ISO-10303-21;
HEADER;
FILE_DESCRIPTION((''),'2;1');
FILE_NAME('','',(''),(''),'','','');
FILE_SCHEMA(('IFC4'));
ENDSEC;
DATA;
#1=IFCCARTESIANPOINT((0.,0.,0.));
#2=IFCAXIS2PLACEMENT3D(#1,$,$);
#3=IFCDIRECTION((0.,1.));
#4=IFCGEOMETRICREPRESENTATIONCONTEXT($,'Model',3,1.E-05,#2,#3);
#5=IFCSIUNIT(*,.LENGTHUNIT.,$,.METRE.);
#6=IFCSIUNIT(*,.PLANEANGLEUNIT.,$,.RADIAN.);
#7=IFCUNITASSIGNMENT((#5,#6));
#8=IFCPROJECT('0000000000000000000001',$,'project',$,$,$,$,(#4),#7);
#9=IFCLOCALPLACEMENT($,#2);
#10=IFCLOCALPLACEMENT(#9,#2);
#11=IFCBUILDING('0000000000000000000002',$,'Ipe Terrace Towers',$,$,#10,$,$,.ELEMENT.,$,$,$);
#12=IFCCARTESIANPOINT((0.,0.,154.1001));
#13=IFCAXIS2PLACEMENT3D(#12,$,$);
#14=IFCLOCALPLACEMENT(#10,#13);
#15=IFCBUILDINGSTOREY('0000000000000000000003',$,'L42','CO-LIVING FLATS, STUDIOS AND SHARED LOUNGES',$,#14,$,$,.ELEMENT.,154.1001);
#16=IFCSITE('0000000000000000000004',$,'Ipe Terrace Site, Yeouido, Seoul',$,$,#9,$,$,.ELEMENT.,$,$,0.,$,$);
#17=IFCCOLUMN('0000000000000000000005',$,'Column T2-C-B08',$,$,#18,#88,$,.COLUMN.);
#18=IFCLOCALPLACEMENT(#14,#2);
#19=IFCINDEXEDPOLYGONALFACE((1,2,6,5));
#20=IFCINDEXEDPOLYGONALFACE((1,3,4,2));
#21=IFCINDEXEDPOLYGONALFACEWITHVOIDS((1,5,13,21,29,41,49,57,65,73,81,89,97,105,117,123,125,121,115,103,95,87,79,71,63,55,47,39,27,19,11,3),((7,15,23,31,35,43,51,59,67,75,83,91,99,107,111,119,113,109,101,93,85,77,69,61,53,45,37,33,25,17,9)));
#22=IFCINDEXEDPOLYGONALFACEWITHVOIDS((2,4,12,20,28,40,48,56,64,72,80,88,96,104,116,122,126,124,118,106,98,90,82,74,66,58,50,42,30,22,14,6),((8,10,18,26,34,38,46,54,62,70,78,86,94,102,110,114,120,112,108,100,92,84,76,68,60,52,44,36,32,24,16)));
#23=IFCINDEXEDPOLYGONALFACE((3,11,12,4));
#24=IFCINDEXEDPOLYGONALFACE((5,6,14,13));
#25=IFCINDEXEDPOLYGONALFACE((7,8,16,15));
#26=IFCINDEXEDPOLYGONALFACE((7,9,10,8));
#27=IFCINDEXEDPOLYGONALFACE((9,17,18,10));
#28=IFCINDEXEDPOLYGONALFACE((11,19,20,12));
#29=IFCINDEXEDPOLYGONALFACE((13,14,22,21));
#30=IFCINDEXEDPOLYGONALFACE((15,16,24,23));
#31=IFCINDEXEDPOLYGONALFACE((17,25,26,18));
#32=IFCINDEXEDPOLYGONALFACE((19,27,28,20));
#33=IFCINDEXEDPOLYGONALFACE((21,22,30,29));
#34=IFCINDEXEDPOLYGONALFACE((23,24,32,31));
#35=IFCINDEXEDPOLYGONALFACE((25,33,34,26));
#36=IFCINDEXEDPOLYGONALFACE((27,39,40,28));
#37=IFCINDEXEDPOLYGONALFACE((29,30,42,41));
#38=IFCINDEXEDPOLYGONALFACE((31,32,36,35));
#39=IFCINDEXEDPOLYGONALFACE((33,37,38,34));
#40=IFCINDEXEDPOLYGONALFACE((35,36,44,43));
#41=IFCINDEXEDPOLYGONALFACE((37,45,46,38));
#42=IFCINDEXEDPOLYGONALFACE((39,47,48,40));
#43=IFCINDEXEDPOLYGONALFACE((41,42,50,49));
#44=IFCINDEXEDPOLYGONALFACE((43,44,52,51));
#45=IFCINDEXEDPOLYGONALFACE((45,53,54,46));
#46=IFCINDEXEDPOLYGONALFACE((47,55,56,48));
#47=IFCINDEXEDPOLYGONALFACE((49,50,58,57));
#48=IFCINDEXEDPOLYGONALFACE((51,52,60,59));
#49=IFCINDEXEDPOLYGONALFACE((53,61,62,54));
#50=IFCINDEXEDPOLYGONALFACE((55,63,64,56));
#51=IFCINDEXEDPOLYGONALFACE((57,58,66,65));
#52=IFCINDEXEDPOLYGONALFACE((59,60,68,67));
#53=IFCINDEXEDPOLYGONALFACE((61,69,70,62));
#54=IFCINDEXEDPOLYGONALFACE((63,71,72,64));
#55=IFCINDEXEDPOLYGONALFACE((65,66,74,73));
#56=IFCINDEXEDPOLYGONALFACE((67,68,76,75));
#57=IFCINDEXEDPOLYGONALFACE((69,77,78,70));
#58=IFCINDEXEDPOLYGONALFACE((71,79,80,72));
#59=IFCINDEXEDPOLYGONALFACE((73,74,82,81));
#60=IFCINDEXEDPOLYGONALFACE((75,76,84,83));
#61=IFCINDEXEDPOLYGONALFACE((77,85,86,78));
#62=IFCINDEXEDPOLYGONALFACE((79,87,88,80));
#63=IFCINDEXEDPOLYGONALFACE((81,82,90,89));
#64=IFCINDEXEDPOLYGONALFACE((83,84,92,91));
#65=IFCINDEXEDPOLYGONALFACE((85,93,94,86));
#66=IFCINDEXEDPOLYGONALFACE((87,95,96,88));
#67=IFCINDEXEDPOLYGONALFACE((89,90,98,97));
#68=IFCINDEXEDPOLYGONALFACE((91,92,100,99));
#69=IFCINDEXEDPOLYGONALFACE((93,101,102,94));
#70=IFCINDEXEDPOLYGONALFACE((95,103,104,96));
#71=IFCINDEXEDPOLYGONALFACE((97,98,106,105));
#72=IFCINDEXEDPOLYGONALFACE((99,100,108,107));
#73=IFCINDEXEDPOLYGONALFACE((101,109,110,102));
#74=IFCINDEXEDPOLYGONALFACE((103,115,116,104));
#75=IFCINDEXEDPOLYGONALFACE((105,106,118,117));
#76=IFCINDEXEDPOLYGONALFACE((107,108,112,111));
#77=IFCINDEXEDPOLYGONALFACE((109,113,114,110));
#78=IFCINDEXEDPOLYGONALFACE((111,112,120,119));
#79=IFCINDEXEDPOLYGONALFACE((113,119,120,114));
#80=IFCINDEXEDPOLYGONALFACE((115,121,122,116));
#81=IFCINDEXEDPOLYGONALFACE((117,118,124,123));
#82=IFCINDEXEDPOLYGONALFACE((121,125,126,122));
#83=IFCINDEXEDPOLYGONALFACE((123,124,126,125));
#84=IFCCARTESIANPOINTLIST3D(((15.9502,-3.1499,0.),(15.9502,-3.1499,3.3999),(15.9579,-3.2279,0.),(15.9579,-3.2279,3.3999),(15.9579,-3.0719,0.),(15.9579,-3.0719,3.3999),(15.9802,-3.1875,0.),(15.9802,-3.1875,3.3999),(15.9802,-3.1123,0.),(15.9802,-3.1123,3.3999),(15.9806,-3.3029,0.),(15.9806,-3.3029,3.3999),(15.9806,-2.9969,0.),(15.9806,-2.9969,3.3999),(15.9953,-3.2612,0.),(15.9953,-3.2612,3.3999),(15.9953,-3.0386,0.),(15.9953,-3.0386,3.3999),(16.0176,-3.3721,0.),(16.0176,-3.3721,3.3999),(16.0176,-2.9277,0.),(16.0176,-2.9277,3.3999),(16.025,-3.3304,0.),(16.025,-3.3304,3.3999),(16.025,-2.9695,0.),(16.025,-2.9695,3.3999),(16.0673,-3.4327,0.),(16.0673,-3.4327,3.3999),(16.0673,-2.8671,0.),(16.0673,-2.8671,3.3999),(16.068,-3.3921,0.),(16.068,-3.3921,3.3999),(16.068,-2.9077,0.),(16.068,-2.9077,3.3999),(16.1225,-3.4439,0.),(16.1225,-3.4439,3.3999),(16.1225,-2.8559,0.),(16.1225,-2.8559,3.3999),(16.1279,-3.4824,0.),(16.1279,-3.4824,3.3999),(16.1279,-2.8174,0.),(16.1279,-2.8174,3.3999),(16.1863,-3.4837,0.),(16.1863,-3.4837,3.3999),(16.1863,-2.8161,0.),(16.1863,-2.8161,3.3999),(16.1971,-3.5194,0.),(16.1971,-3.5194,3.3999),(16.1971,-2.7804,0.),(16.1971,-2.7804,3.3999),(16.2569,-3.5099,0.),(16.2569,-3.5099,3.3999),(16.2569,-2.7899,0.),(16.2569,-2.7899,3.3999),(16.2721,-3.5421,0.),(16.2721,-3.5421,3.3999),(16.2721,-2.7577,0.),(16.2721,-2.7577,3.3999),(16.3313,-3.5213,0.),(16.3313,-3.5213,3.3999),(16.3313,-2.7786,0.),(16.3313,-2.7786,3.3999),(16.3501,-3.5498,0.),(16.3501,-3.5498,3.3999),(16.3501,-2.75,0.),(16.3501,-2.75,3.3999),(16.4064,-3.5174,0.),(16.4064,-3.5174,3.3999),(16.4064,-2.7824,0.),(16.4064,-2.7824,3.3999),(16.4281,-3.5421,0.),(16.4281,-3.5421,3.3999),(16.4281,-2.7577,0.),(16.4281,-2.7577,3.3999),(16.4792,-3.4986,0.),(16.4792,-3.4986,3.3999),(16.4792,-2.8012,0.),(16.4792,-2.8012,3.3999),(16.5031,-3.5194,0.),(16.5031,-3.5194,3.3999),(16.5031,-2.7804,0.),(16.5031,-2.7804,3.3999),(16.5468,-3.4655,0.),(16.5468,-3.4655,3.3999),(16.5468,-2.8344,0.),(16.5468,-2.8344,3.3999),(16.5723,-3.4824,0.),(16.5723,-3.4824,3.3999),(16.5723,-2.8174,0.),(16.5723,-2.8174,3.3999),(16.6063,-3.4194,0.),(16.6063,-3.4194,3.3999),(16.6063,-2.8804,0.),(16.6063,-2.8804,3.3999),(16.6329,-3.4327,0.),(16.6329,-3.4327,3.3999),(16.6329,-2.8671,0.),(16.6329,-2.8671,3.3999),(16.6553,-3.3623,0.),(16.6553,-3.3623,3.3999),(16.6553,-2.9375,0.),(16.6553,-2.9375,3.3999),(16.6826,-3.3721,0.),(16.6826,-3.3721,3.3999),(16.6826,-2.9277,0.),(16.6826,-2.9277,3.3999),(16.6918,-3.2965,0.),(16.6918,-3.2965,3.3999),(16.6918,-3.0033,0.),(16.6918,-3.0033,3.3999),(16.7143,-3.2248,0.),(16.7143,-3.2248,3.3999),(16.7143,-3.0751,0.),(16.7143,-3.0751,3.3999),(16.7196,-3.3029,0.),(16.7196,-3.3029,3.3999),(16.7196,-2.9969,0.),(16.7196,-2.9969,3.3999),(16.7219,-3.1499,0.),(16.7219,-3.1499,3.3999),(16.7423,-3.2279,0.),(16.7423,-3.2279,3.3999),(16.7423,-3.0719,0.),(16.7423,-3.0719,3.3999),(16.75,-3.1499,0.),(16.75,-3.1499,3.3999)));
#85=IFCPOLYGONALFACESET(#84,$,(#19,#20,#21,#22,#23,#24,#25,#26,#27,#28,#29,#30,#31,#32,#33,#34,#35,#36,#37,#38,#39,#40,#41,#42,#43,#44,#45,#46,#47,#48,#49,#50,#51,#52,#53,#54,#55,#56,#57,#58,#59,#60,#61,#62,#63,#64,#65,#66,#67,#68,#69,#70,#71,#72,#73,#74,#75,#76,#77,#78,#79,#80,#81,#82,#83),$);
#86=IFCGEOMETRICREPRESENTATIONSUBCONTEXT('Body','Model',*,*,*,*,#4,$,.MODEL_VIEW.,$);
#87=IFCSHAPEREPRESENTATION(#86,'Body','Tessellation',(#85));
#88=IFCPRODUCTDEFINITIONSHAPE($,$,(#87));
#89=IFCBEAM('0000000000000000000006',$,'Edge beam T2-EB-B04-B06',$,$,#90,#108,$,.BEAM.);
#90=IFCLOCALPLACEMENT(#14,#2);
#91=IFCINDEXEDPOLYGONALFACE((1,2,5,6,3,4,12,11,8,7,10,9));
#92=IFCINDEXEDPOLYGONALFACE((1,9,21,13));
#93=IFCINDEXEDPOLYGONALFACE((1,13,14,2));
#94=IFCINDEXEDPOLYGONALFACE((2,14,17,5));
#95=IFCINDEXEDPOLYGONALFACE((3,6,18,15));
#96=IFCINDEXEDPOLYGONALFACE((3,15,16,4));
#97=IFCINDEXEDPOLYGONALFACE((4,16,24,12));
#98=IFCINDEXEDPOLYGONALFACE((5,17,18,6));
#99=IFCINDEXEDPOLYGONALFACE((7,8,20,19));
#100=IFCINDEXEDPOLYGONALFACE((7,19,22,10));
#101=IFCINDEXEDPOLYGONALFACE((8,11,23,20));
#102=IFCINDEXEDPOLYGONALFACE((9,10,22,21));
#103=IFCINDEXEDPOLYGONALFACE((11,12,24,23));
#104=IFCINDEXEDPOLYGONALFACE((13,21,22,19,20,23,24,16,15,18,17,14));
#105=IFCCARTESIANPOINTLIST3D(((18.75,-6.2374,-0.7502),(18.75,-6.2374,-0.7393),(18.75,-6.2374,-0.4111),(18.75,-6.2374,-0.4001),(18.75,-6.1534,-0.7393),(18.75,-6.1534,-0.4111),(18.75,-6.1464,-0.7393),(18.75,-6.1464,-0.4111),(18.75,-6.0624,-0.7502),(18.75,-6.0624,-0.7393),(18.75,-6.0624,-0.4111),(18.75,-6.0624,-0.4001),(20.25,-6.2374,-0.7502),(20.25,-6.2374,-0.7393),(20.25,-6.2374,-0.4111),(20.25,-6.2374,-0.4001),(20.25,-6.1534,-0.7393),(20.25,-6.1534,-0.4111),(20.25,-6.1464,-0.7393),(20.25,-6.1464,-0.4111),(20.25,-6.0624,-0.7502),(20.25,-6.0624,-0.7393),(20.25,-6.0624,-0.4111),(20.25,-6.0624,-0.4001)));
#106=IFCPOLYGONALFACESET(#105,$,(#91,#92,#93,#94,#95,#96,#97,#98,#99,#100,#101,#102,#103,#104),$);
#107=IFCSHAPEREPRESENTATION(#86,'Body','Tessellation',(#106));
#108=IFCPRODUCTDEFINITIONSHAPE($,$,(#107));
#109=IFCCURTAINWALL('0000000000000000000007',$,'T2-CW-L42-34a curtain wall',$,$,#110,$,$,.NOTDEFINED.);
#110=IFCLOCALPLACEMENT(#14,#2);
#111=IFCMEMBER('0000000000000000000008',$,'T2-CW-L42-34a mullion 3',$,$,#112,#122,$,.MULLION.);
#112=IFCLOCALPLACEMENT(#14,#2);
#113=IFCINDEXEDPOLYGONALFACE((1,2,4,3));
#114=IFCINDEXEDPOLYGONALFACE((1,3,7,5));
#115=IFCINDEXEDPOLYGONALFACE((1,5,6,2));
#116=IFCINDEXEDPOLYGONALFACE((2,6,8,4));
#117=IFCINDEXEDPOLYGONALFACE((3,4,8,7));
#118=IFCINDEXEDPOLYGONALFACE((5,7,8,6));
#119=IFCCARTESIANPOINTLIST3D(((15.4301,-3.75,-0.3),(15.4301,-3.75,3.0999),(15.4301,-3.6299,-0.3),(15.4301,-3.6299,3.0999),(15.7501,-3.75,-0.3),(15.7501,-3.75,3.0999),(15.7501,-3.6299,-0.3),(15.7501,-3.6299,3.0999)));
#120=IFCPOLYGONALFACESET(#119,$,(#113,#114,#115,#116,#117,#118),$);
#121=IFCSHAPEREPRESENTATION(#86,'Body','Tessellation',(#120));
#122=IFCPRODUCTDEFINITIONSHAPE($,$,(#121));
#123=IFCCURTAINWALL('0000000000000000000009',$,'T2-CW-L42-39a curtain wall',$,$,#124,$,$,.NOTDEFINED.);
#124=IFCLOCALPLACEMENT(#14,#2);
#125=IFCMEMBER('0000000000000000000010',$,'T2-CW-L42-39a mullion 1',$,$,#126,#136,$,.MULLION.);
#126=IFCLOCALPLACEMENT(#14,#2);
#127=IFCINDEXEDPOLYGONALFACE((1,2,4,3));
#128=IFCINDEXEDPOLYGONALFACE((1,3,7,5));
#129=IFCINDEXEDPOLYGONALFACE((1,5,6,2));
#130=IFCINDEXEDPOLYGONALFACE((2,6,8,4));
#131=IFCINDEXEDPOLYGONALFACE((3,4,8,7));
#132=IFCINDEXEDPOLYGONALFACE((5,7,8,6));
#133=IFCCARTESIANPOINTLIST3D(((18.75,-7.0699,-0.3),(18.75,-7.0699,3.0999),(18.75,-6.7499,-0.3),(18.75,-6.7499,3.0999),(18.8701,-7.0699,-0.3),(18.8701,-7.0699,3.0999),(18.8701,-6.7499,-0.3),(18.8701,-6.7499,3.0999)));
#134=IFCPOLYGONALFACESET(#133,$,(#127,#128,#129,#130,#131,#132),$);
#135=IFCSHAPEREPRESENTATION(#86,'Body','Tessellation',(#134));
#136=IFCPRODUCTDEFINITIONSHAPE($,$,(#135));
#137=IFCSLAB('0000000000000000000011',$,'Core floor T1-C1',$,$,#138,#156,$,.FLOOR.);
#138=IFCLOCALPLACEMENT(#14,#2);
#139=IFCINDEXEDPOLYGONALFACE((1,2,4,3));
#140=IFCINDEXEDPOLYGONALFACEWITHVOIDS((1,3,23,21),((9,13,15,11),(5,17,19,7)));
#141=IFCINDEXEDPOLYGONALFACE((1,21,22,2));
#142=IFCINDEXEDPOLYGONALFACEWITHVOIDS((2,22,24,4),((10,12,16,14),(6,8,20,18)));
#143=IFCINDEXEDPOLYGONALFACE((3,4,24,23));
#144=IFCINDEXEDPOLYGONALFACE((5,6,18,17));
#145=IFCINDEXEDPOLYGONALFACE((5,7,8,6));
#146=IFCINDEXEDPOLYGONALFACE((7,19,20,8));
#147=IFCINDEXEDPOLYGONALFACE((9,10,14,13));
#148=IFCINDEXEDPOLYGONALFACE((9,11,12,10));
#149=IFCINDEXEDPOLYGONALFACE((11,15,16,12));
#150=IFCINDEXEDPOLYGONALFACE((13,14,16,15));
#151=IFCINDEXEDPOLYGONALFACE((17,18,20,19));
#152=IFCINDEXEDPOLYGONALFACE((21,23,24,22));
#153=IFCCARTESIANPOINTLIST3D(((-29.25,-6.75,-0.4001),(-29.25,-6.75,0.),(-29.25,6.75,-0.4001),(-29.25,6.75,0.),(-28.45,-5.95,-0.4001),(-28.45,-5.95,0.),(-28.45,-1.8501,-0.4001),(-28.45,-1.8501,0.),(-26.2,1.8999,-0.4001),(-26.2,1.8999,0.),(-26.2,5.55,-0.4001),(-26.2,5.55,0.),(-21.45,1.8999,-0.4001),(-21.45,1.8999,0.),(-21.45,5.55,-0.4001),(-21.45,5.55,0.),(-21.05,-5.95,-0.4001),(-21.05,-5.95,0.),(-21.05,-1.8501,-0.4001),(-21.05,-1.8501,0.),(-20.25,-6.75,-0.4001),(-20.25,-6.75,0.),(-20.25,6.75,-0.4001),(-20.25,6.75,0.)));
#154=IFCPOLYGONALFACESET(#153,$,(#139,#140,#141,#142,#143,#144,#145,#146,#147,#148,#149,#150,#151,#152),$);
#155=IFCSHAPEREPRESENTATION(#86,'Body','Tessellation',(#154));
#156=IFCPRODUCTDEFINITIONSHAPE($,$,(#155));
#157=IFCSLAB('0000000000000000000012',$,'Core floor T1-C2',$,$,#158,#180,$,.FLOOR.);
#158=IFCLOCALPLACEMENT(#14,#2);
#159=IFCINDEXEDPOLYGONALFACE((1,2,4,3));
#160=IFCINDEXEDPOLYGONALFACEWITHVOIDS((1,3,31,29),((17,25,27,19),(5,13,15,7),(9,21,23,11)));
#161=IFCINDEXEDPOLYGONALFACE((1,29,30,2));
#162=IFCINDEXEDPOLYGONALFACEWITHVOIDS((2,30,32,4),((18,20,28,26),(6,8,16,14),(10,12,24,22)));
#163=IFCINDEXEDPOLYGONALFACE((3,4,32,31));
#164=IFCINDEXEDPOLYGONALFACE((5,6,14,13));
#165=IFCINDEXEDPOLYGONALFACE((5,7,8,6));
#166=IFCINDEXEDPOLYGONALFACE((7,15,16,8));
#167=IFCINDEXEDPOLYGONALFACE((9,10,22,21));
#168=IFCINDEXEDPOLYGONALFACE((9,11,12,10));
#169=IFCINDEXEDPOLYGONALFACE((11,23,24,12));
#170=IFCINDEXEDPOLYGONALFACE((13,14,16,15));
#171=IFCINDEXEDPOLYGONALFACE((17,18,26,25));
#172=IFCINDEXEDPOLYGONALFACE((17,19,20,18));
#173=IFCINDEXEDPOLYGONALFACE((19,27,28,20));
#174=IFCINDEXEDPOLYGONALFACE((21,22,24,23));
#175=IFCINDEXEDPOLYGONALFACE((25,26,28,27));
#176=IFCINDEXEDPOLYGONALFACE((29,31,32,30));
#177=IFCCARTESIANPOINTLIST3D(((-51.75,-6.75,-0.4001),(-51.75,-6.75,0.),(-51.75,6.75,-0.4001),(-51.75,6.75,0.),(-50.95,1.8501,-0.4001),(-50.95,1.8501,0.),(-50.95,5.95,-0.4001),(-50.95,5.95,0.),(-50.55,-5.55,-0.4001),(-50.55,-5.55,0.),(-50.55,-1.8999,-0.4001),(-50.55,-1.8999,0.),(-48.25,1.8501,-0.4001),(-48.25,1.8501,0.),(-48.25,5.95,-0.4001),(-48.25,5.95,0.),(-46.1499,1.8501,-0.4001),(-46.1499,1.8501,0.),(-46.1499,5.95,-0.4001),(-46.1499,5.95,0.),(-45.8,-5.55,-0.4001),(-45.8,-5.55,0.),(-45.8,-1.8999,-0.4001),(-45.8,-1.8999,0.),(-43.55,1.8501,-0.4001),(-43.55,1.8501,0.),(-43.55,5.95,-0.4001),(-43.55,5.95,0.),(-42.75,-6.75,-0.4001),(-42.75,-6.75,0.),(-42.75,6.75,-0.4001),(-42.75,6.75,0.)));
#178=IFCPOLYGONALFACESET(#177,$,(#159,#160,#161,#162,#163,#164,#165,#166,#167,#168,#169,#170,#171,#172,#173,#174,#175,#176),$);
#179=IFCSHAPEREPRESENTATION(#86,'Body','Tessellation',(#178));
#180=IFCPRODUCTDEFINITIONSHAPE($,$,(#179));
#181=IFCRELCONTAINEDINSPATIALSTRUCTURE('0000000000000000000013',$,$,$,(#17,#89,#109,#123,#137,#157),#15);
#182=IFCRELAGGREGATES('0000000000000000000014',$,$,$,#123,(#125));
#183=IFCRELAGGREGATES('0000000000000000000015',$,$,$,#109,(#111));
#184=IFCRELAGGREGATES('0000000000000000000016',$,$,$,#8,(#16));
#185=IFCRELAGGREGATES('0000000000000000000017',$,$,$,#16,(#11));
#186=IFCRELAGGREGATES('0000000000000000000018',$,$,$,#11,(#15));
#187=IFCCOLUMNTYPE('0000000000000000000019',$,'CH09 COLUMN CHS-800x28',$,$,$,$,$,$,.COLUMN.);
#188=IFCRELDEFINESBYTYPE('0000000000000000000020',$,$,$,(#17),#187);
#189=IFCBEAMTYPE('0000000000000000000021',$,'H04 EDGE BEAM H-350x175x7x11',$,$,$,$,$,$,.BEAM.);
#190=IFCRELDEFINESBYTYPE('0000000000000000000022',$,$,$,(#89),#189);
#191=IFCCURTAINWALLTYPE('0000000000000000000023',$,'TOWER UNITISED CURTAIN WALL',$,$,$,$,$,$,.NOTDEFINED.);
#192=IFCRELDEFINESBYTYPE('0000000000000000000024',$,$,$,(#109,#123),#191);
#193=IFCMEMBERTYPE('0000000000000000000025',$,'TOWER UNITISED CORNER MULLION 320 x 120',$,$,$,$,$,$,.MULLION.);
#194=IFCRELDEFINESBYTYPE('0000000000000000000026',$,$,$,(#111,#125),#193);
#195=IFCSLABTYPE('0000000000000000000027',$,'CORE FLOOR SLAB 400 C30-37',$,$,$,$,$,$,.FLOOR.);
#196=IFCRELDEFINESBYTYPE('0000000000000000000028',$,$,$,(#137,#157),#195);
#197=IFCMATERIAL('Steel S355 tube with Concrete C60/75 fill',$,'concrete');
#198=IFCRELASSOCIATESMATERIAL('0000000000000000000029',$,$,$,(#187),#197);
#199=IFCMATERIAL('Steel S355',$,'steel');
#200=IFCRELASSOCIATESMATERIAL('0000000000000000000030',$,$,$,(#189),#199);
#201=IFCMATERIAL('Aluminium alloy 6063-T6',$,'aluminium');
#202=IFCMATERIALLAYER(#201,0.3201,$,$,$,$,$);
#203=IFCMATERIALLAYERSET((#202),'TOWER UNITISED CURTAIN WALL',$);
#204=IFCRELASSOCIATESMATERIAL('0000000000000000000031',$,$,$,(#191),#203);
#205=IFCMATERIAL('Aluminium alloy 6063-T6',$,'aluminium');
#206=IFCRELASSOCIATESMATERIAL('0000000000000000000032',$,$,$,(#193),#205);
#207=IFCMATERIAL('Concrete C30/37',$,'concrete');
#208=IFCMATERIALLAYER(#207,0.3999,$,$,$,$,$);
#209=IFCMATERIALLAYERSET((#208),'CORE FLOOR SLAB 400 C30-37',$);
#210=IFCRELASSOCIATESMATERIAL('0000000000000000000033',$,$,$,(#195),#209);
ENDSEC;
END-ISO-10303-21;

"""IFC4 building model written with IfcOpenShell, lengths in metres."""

from ifc_helpers import new_model, si_unit, direction, frame, origin, origin_2d, place, context, subcontext, project, spatial, polyline, rectangle, hollow_circle, i_section, outline, extrude, material, layer, layer_set, material_profile, profile_set, type_object, element, aggregate, save


model = new_model("IFC4")

# Units and contexts
model_context = context("Model", 3, precision=1e-05, world=origin(), true_north=direction((0.0, 1.0)))
body_context = subcontext(model_context, "Body", "Model", "MODEL_VIEW")
ifc_project = project(units=[si_unit("LENGTHUNIT", "METRE"), si_unit("PLANEANGLEUNIT", "RADIAN")], contexts=[model_context])

# Site, building, storey
site_placement = place(None, origin())
site = spatial("IfcSite", under=ifc_project, at=site_placement, Name="Ipe Terrace Site, Yeouido, Seoul", CompositionType="ELEMENT", RefElevation=0.0)
building_placement = place(site_placement, origin())
building = spatial("IfcBuilding", under=site, at=building_placement, Name="Ipe Terrace Towers", CompositionType="ELEMENT")
storey_placement = place(building_placement, frame((0.0, 0.0, 154.1001)))
storey = spatial("IfcBuildingStorey", under=building, at=storey_placement, Name="L42", Description="CO-LIVING FLATS, STUDIOS AND SHARED LOUNGES", CompositionType="ELEMENT", Elevation=154.1001)

# Column
ifc_material_1 = material(Name="Steel S355 tube with Concrete C60/75 fill", Category="concrete")
ifc_material_profile_1 = material_profile(ifc_material_1, hollow_circle(Radius=0.3999, WallThickness=0.0281, at=origin_2d()), Name="CHS-800x28")
ifc_profile_set_1 = profile_set([ifc_material_profile_1], Name="Steel S355 tube with Concrete C60/75 fill")
column_type = type_object("IfcColumnType", Name="CH09 COLUMN CHS-800x28", PredefinedType="COLUMN", material=ifc_profile_set_1)
for number, where, z_axis, x_axis, name in (
    (1, (16.3501, -3.1499, 0.0), (0.0, 0.0, 1.0), (1.0, 0.0, 0.0), "Column T2-C-B08"),
):
    element("IfcColumn", number, at=place(storey_placement, frame(where, z_axis=z_axis, x_axis=x_axis)), inside=storey, type_object=column_type, Name=name, PredefinedType="COLUMN", context=body_context, shape_type="SweptSolid", body=[
        extrude(hollow_circle(Radius=0.3999, WallThickness=0.0281, at=origin_2d()), origin(), (0.0, 0.0, 1.0), 3.3999),
    ])

# Beam
ifc_material_2 = material(Name="Steel S355", Category="steel")
ifc_material_profile_2 = material_profile(ifc_material_2, i_section(OverallWidth=0.175, OverallDepth=0.3501, WebThickness=0.0071, FlangeThickness=0.011, at=origin_2d()), Name="H-350x175x7x11")
ifc_profile_set_2 = profile_set([ifc_material_profile_2], Name="Steel S355")
beam_type = type_object("IfcBeamType", Name="H04 EDGE BEAM H-350x175x7x11", PredefinedType="BEAM", material=ifc_profile_set_2)
beam_placement = place(storey_placement, frame((20.25, -6.1499, -0.5752), z_axis=(-1.0, 0.0, 0.0), x_axis=(0.0, -1.0, 0.0)))
element("IfcBeam", 2, at=beam_placement, inside=storey, type_object=beam_type, Name="Edge beam T2-EB-B04-B06", PredefinedType="BEAM", context=body_context, shape_type="SweptSolid", body=[
    extrude(i_section(OverallWidth=0.175, OverallDepth=0.3501, WebThickness=0.0071, FlangeThickness=0.011, at=origin_2d()), origin(), (0.0, 0.0, 1.0), 1.5),
])

# Curtain walls, members
ifc_material_3 = material(Name="Aluminium alloy 6063-T6", Category="aluminium")
ifc_layer_1 = layer(ifc_material_3, 0.3201)
ifc_layer_set_1 = layer_set([ifc_layer_1], Name="TOWER UNITISED CURTAIN WALL")
curtain_wall_type = type_object("IfcCurtainWallType", Name="TOWER UNITISED CURTAIN WALL", PredefinedType="NOTDEFINED", material=ifc_layer_set_1)
curtain_wall_1_placement = place(storey_placement, origin())
curtain_wall_1 = element("IfcCurtainWall", 3, at=curtain_wall_1_placement, inside=storey, type_object=curtain_wall_type, Name="T2-CW-L42-34a curtain wall", PredefinedType="NOTDEFINED")
ifc_material_4 = material(Name="Aluminium alloy 6063-T6", Category="aluminium")
ifc_material_profile_3 = material_profile(ifc_material_4, rectangle(XDim=0.3201, YDim=0.1201, at=origin_2d()), Name="TOWER UNITISED CORNER MULLION 320 x 120")
ifc_profile_set_3 = profile_set([ifc_material_profile_3], Name="Aluminium alloy 6063-T6")
member_type = type_object("IfcMemberType", Name="TOWER UNITISED CORNER MULLION 320 x 120", PredefinedType="MULLION", material=ifc_profile_set_3)
member_1_placement = place(storey_placement, frame((15.5901, -3.6899, -0.3), z_axis=(0.0, 0.0, 1.0), x_axis=(-1.0, 0.0, 0.0)))
member_1 = element("IfcMember", 4, at=member_1_placement, type_object=member_type, Name="T2-CW-L42-34a mullion 3", PredefinedType="MULLION", context=body_context, shape_type="SweptSolid", body=[
    extrude(rectangle(XDim=0.3201, YDim=0.1201, at=origin_2d()), origin(), (0.0, 0.0, 1.0), 3.3999),
])
curtain_wall_2_placement = place(storey_placement, origin())
curtain_wall_2 = element("IfcCurtainWall", 5, at=curtain_wall_2_placement, inside=storey, type_object=curtain_wall_type, Name="T2-CW-L42-39a curtain wall", PredefinedType="NOTDEFINED")
member_2_placement = place(storey_placement, frame((18.8101, -6.9099, -0.3), z_axis=(0.0, 0.0, 1.0), x_axis=(0.0, -1.0, 0.0)))
member_2 = element("IfcMember", 6, at=member_2_placement, type_object=member_type, Name="T2-CW-L42-39a mullion 1", PredefinedType="MULLION", context=body_context, shape_type="SweptSolid", body=[
    extrude(rectangle(XDim=0.3201, YDim=0.1201, at=origin_2d()), origin(), (0.0, 0.0, 1.0), 3.3999),
])
aggregate(curtain_wall_2, [member_2])

# Slabs
ifc_material_5 = material(Name="Concrete C30/37", Category="concrete")
ifc_layer_2 = layer(ifc_material_5, 0.3999)
ifc_layer_set_2 = layer_set([ifc_layer_2], Name="CORE FLOOR SLAB 400 C30-37")
slab_type_1 = type_object("IfcSlabType", Name="CORE FLOOR SLAB 400 C30-37", PredefinedType="FLOOR", material=ifc_layer_set_2)
slab_1_placement = place(storey_placement, frame((0.0, 0.0, -0.4001)))
element("IfcSlab", 7, at=slab_1_placement, inside=storey, type_object=slab_type_1, Name="Core floor T1-C1", PredefinedType="FLOOR", context=body_context, shape_type="SweptSolid", body=[
    extrude(outline(polyline([(-29.25, -6.75), (-29.25, 6.75), (-20.25, 6.75), (-20.25, -6.75), (-29.25, -6.75)]), holes=[polyline([(-28.45, -5.95), (-21.05, -5.95), (-21.05, -1.8501), (-28.45, -1.8501), (-28.45, -5.95)]), polyline([(-26.2, 5.55), (-26.2, 1.8999), (-21.45, 1.8999), (-21.45, 5.55), (-26.2, 5.55)])]), origin(), (0.0, 0.0, 1.0), 0.4001),
])
slab_2_placement = place(storey_placement, frame((0.0, 0.0, -0.4001)))
element("IfcSlab", 8, at=slab_2_placement, inside=storey, type_object=slab_type_1, Name="Core floor T1-C2", PredefinedType="FLOOR", context=body_context, shape_type="SweptSolid", body=[
    extrude(outline(polyline([(-51.75, -6.75), (-51.75, 6.75), (-42.75, 6.75), (-42.75, -6.75), (-51.75, -6.75)]), holes=[polyline([(-45.8, -1.8999), (-50.55, -1.8999), (-50.55, -5.55), (-45.8, -5.55), (-45.8, -1.8999)]), polyline([(-48.25, 1.8501), (-48.25, 5.95), (-50.95, 5.95), (-50.95, 1.8501), (-48.25, 1.8501)]), polyline([(-43.55, 1.8501), (-43.55, 5.95), (-46.1499, 5.95), (-46.1499, 1.8501), (-43.55, 1.8501)])]), origin(), (0.0, 0.0, 1.0), 0.4001),
])

aggregate(curtain_wall_1, [member_1])

save(model, "model.ifc")
